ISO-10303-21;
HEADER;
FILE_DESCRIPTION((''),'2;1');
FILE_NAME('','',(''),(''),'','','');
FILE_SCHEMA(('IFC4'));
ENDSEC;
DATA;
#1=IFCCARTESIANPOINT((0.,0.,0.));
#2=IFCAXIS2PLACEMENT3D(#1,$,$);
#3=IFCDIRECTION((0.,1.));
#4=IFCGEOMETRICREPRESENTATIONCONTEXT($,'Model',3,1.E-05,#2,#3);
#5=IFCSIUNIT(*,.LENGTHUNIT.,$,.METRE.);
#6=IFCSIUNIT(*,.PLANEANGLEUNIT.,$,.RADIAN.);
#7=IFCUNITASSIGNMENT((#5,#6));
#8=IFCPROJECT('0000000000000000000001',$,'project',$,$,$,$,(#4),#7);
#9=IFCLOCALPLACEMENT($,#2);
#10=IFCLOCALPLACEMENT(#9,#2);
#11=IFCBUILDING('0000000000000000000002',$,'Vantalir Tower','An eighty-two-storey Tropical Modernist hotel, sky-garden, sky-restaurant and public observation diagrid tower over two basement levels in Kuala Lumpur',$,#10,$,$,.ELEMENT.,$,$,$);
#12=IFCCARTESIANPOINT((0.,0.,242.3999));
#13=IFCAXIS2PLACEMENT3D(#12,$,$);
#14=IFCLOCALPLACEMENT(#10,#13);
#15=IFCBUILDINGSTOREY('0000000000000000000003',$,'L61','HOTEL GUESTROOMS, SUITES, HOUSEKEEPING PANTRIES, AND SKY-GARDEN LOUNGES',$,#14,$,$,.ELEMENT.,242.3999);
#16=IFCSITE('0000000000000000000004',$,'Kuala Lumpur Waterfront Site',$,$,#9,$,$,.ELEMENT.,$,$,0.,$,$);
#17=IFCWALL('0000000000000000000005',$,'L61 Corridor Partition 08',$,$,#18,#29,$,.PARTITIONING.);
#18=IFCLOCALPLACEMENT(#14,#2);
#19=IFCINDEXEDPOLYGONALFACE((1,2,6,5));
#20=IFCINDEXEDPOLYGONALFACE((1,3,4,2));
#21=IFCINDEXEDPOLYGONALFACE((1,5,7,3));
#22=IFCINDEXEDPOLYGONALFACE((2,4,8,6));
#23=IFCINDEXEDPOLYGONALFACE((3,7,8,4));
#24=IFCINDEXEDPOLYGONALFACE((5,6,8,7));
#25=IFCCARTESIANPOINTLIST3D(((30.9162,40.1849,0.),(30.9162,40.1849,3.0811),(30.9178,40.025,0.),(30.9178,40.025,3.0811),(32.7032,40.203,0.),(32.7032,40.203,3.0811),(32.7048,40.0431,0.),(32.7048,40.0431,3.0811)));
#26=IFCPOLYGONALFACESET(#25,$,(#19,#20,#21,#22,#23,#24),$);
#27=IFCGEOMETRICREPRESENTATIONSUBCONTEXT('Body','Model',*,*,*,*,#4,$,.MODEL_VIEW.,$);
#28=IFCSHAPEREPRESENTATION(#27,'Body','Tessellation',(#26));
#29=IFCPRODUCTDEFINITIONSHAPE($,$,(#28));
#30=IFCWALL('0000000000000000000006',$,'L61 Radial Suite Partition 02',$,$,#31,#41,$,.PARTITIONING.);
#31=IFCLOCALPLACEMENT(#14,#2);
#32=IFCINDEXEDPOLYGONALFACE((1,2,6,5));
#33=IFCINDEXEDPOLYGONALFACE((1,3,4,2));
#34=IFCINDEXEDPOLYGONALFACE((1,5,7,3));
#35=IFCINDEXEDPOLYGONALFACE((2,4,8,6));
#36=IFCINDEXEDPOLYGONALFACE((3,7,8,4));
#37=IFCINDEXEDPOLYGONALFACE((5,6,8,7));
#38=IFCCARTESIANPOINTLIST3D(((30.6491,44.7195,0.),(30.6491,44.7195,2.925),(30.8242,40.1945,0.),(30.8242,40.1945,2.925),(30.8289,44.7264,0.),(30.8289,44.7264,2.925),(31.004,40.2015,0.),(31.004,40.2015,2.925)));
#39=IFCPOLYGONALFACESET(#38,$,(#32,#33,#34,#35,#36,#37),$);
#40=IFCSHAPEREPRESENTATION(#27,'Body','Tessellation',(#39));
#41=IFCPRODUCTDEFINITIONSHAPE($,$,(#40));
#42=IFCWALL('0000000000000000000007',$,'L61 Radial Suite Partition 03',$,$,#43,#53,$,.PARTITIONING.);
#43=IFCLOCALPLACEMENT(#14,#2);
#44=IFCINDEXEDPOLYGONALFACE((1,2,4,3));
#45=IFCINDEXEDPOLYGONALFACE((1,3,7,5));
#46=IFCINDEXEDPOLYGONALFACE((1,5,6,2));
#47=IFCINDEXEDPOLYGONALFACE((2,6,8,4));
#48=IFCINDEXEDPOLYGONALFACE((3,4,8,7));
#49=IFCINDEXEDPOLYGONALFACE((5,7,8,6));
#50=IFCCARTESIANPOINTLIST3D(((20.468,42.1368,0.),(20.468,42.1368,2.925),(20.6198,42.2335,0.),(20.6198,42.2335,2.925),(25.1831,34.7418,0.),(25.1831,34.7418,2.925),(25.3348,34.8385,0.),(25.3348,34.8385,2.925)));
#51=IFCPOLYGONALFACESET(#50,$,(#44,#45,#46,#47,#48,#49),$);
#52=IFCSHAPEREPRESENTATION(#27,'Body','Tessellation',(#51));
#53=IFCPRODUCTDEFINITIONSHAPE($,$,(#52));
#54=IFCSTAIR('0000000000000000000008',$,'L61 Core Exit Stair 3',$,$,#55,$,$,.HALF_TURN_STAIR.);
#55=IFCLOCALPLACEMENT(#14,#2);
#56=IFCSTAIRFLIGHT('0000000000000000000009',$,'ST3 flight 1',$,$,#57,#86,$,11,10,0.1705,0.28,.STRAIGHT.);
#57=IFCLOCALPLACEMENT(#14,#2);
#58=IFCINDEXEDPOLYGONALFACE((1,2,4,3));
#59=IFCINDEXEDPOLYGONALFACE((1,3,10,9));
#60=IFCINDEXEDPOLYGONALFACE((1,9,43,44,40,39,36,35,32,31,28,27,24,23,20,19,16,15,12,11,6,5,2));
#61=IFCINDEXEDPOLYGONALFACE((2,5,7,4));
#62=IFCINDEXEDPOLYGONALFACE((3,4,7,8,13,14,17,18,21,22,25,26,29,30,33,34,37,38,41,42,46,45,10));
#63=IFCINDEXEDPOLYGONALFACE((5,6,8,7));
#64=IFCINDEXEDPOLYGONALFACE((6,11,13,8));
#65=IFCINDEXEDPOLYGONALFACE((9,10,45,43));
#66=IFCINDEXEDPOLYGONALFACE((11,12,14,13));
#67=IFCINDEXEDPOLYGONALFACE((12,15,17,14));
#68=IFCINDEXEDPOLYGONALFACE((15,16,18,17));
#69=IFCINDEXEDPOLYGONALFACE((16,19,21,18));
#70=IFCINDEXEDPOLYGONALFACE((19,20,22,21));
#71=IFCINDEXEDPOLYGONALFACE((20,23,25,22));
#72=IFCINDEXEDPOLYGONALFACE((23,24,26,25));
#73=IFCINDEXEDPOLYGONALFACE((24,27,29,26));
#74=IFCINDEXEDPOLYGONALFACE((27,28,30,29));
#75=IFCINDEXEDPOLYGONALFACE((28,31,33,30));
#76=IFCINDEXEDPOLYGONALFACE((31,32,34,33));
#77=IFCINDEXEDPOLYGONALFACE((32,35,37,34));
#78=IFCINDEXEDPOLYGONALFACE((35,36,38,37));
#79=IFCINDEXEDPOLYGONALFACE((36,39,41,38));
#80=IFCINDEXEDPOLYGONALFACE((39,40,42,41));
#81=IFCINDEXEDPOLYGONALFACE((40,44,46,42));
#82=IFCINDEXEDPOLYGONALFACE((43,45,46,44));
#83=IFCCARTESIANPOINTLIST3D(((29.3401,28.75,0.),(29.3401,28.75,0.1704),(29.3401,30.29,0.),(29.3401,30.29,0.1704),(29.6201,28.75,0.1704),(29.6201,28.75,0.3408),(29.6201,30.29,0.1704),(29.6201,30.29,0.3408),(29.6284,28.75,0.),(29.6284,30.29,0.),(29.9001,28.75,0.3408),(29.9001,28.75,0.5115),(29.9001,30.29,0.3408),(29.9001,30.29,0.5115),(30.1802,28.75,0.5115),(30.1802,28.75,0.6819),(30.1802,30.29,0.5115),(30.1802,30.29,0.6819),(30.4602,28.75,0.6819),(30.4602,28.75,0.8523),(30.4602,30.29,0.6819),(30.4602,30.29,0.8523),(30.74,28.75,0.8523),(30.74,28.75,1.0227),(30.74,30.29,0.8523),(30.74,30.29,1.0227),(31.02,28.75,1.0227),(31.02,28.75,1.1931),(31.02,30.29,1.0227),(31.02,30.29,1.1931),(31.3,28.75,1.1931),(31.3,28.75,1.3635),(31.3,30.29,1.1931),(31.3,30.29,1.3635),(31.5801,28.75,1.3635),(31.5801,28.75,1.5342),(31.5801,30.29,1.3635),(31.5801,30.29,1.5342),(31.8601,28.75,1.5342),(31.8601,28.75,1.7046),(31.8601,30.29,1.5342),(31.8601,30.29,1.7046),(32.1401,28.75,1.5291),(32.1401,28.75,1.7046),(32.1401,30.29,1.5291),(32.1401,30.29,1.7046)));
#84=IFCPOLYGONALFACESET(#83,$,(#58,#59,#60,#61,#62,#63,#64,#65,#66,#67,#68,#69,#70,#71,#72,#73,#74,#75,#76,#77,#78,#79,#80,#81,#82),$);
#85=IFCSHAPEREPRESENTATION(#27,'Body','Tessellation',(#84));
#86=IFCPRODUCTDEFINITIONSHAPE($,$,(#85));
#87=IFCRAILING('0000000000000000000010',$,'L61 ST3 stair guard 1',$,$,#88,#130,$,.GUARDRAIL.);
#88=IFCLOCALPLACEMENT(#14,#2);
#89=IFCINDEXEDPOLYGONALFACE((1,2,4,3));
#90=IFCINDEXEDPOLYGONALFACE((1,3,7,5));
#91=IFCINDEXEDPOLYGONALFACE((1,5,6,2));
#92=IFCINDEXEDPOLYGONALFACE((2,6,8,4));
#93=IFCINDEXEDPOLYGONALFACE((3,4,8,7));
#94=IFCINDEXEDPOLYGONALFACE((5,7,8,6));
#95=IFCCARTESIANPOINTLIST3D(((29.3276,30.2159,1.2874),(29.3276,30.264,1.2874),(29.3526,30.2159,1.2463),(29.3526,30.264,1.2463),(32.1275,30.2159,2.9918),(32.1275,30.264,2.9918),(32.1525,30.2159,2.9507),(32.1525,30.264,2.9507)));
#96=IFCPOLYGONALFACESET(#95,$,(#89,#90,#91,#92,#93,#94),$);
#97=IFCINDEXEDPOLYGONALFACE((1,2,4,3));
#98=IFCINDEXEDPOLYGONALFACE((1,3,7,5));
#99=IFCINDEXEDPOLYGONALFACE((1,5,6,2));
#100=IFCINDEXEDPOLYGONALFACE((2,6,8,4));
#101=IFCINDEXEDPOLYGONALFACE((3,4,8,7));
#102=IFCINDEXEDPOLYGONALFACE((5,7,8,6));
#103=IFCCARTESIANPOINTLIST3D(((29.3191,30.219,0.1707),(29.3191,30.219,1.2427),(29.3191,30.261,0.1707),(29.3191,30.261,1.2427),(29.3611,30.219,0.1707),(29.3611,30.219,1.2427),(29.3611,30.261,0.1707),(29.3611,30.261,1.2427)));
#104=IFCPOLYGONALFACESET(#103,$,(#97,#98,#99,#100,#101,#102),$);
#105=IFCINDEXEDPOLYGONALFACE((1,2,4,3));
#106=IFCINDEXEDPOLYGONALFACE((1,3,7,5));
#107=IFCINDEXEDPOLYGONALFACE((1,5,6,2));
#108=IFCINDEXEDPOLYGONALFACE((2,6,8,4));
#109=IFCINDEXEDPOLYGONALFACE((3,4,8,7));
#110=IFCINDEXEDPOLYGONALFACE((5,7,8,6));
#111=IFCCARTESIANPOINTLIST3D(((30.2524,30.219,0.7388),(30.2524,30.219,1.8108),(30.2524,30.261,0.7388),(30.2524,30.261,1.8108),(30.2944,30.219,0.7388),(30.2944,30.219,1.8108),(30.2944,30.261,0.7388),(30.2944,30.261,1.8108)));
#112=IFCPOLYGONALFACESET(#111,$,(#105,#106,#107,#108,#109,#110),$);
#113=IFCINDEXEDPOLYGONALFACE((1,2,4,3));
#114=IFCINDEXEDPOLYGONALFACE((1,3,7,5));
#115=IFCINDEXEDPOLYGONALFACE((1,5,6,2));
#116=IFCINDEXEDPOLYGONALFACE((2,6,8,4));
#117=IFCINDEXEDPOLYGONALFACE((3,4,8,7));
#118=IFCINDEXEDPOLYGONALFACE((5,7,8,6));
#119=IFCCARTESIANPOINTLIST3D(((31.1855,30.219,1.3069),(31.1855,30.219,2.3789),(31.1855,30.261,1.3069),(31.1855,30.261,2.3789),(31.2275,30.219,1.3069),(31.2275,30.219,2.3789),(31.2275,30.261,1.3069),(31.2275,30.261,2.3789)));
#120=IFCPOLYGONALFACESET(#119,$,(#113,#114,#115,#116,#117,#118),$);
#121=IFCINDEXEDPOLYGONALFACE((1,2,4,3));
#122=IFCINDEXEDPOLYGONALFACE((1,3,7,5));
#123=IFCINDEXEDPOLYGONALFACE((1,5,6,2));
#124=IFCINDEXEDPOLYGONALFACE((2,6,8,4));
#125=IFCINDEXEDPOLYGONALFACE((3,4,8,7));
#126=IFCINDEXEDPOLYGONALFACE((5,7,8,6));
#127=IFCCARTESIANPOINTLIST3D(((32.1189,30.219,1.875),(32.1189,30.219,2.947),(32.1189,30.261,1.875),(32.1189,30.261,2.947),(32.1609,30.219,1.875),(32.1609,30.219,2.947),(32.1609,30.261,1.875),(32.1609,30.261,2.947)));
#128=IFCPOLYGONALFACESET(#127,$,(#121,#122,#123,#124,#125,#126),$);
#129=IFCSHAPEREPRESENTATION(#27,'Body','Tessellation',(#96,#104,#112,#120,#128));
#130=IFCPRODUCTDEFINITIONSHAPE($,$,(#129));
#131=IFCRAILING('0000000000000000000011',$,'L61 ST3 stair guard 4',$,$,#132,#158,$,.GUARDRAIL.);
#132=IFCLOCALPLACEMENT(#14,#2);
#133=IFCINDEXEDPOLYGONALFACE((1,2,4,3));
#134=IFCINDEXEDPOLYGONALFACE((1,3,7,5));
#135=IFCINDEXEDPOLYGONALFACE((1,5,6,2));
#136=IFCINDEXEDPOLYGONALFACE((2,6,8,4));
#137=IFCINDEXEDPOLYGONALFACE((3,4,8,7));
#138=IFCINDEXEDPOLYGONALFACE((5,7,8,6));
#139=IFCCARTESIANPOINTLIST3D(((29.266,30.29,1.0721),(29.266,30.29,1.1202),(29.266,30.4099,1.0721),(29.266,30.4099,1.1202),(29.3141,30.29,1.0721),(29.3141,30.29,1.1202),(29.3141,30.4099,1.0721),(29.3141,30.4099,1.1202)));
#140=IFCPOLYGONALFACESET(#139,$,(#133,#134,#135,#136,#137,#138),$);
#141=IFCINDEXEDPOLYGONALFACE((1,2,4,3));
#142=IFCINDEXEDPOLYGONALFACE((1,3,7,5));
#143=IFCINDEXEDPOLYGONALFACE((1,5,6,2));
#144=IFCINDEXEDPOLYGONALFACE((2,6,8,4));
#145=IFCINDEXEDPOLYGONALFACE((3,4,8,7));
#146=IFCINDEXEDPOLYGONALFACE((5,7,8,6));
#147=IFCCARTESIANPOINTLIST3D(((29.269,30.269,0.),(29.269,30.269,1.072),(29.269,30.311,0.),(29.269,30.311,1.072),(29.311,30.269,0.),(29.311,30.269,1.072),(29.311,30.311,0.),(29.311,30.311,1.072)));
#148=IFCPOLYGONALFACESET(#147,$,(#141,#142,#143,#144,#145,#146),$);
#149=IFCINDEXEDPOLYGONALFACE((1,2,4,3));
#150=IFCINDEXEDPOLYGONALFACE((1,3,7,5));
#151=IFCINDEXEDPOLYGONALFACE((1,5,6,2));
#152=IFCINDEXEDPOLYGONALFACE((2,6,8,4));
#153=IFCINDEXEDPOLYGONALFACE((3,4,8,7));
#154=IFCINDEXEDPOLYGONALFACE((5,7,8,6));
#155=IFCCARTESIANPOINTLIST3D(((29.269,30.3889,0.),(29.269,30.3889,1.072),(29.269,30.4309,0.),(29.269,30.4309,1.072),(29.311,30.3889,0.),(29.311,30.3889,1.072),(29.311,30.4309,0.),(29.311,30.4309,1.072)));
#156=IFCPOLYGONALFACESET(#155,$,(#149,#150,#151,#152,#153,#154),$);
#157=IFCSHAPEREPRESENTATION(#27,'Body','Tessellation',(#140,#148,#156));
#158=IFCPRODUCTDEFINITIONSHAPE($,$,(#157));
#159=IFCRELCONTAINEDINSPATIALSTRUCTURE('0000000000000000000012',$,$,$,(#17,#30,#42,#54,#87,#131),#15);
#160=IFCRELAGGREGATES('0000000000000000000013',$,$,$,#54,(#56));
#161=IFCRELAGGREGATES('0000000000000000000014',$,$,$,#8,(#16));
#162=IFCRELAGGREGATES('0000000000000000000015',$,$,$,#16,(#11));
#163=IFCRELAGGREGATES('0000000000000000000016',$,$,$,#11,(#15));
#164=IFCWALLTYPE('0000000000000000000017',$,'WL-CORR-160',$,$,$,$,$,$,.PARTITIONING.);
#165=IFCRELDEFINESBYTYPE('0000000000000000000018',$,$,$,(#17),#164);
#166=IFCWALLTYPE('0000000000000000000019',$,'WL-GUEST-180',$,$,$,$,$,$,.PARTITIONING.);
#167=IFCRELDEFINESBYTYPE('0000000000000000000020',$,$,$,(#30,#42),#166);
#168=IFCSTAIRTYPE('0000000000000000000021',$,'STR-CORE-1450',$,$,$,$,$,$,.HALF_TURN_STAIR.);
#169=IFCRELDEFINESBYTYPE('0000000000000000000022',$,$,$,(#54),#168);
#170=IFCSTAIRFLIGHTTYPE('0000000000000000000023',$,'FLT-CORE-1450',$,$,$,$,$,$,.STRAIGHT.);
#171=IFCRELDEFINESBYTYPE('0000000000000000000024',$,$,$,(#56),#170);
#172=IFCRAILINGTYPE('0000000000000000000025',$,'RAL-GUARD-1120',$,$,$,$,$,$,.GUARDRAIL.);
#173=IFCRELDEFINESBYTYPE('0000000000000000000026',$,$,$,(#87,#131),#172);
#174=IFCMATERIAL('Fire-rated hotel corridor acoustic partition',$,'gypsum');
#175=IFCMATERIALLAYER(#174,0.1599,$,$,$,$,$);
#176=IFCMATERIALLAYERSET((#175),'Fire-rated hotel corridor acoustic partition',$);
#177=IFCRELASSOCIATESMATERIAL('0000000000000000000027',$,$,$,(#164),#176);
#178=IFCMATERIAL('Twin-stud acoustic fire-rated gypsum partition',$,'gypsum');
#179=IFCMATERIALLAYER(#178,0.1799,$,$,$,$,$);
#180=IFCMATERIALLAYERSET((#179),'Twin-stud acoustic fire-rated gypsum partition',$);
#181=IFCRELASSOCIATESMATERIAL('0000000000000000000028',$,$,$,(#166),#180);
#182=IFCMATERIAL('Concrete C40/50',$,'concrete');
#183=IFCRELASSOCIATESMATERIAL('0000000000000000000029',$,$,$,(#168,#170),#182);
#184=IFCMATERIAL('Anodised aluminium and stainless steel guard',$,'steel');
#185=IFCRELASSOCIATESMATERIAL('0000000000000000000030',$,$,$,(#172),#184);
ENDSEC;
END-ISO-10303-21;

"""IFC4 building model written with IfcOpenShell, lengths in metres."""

from ifc_helpers import new_model, si_unit, direction, frame, frame_2d, origin, origin_2d, place, context, subcontext, project, spatial, polyline, rectangle, outline, extrude, material, layer, layer_set, type_object, element, aggregate, save


model = new_model("IFC4")

# Units and contexts
model_context = context("Model", 3, precision=1e-05, world=origin(), true_north=direction((0.0, 1.0)))
body_context = subcontext(model_context, "Body", "Model", "MODEL_VIEW")
ifc_project = project(units=[si_unit("LENGTHUNIT", "METRE"), si_unit("PLANEANGLEUNIT", "RADIAN")], contexts=[model_context])

# Site, building, storey
site_placement = place(None, origin())
site = spatial("IfcSite", under=ifc_project, at=site_placement, Name="Kuala Lumpur Waterfront Site", CompositionType="ELEMENT", RefElevation=0.0)
building_placement = place(site_placement, origin())
building = spatial("IfcBuilding", under=site, at=building_placement, Name="Vantalir Tower", Description="An eighty-two-storey Tropical Modernist hotel, sky-garden, sky-restaurant and public observation diagrid tower over two basement levels in Kuala Lumpur", CompositionType="ELEMENT")
storey_placement = place(building_placement, frame((0.0, 0.0, 242.3999)))
storey = spatial("IfcBuildingStorey", under=building, at=storey_placement, Name="L61", Description="HOTEL GUESTROOMS, SUITES, HOUSEKEEPING PANTRIES, AND SKY-GARDEN LOUNGES", CompositionType="ELEMENT", Elevation=242.3999)

# Shared definitions
ifc_material_1 = material(Name="Fire-rated hotel corridor acoustic partition", Category="gypsum")
ifc_layer_1 = layer(ifc_material_1, 0.1599)
ifc_layer_set_1 = layer_set([ifc_layer_1], Name="Fire-rated hotel corridor acoustic partition")
wall_type_1 = type_object("IfcWallType", Name="WL-CORR-160", PredefinedType="PARTITIONING", material=ifc_layer_set_1)

# Walls
wall_1_placement = place(storey_placement, frame((30.917, 40.105, 0.0), z_axis=(0.0, 0.0, 1.0), x_axis=(0.999949, 0.010109, 0.0)))
element("IfcWall", 1, at=wall_1_placement, inside=storey, type_object=wall_type_1, Name="L61 Corridor Partition 08", PredefinedType="PARTITIONING", context=body_context, shape_type="SweptSolid", body=[
    extrude(rectangle(XDim=1.7871, YDim=0.1599, at=frame_2d((0.8936, 0.0))), origin(), (0.0, 0.0, 1.0), 3.0811),
])
ifc_material_2 = material(Name="Twin-stud acoustic fire-rated gypsum partition", Category="gypsum")
ifc_layer_2 = layer(ifc_material_2, 0.1799)
ifc_layer_set_2 = layer_set([ifc_layer_2], Name="Twin-stud acoustic fire-rated gypsum partition")
wall_type_2 = type_object("IfcWallType", Name="WL-GUEST-180", PredefinedType="PARTITIONING", material=ifc_layer_set_2)
wall_2_placement = place(storey_placement, frame((30.9141, 40.198, 0.0), z_axis=(0.0, 0.0, 1.0), x_axis=(-0.038657, 0.999253, 0.0)))
element("IfcWall", 2, at=wall_2_placement, inside=storey, type_object=wall_type_2, Name="L61 Radial Suite Partition 02", PredefinedType="PARTITIONING", context=body_context, shape_type="SweptSolid", body=[
    extrude(rectangle(XDim=4.5283, YDim=0.1799, at=frame_2d((2.2642, 0.0))), origin(), (0.0, 0.0, 1.0), 2.925),
])
wall_3_placement = place(storey_placement, frame((25.259, 34.79, 0.0), z_axis=(0.0, 0.0, 1.0), x_axis=(-0.537619, 0.843188, 0.0)))
element("IfcWall", 3, at=wall_3_placement, inside=storey, type_object=wall_type_2, Name="L61 Radial Suite Partition 03", PredefinedType="PARTITIONING", context=body_context, shape_type="SweptSolid", body=[
    extrude(rectangle(XDim=8.7703, YDim=0.1799, at=frame_2d((4.3853, 0.0))), origin(), (0.0, 0.0, 1.0), 2.925),
])

# Stair, stair flight
ifc_material_3 = material(Name="Concrete C40/50", Category="concrete")
stair_type = type_object("IfcStairType", Name="STR-CORE-1450", PredefinedType="HALF_TURN_STAIR", material=ifc_material_3)
stair_placement = place(storey_placement, origin())
stair = element("IfcStair", 4, at=stair_placement, inside=storey, type_object=stair_type, Name="L61 Core Exit Stair 3", PredefinedType="HALF_TURN_STAIR")
stair_flight_type = type_object("IfcStairFlightType", Name="FLT-CORE-1450", PredefinedType="STRAIGHT", material=ifc_material_3)
stair_flight_placement = place(storey_placement, frame((29.3401, 29.52, 0.0), z_axis=(0.0, 0.0, 1.0), x_axis=(1.0, 0.0, 0.0)))
stair_flight = element("IfcStairFlight", 5, at=stair_flight_placement, type_object=stair_flight_type, Name="ST3 flight 1", NumberOfRisers=11, NumberOfTreads=10, PredefinedType="STRAIGHT", RiserHeight=0.1705, TreadLength=0.28, context=body_context, shape_type="SweptSolid", body=[
    extrude(outline(polyline([(0.0, 0.0), (0.0, 0.1704), (0.28, 0.1704), (0.28, 0.3408), (0.5601, 0.3408), (0.5601, 0.5115), (0.8401, 0.5115), (0.8401, 0.6819), (1.1201, 0.6819), (1.1201, 0.8523), (1.3999, 0.8523), (1.3999, 1.0227), (1.6799, 1.0227), (1.6799, 1.1931), (1.96, 1.1931), (1.96, 1.3635), (2.24, 1.3635), (2.24, 1.5342), (2.52, 1.5342), (2.52, 1.7046), (2.8, 1.7046), (2.8, 1.875), (2.8, 1.5291), (0.2883, 0.0), (0.0, 0.0)])), frame((0.0, 0.77, 0.0), z_axis=(0.0, -1.0, 0.0), x_axis=(1.0, 0.0, 0.0)), (0.0, 0.0, 1.0), 1.54),
])
aggregate(stair, [stair_flight])

# Railings
ifc_material_4 = material(Name="Anodised aluminium and stainless steel guard", Category="steel")
railing_type = type_object("IfcRailingType", Name="RAL-GUARD-1120", PredefinedType="GUARDRAIL", material=ifc_material_4)
railing_1_placement = place(storey_placement, frame((29.3401, 30.24, 0.1707)))
element("IfcRailing", 6, at=railing_1_placement, inside=storey, type_object=railing_type, Name="L61 ST3 stair guard 1", PredefinedType="GUARDRAIL", context=body_context, shape_type="SweptSolid", body=[
    extrude(rectangle(XDim=0.0481, YDim=0.0481, at=origin_2d()), frame((0.0, 0.0, 1.0962), z_axis=(0.854183, 0.0, 0.519973), x_axis=(0.0, 1.0, 0.0)), (0.0, 0.0, 1.0), 3.2778),
    extrude(rectangle(XDim=0.042, YDim=0.042, at=origin_2d()), origin(), (0.0, 0.0, 1.0), 1.072),
    extrude(rectangle(XDim=0.042, YDim=0.042, at=origin_2d()), frame((0.9333, 0.0, 0.5681)), (0.0, 0.0, 1.0), 1.072),
    extrude(rectangle(XDim=0.042, YDim=0.042, at=origin_2d()), frame((1.8665, 0.0, 1.1362)), (0.0, 0.0, 1.0), 1.072),
    extrude(rectangle(XDim=0.042, YDim=0.042, at=origin_2d()), frame((2.7998, 0.0, 1.7043)), (0.0, 0.0, 1.0), 1.072),
])
railing_2_placement = place(storey_placement, frame((29.29, 30.29, 0.0)))
element("IfcRailing", 7, at=railing_2_placement, inside=storey, type_object=railing_type, Name="L61 ST3 stair guard 4", PredefinedType="GUARDRAIL", context=body_context, shape_type="SweptSolid", body=[
    extrude(rectangle(XDim=0.0481, YDim=0.0481, at=origin_2d()), frame((0.0, 0.0, 1.0962), z_axis=(0.0, 1.0, 0.0), x_axis=(-1.0, 0.0, 0.0)), (0.0, 0.0, 1.0), 0.1199),
    extrude(rectangle(XDim=0.042, YDim=0.042, at=origin_2d()), origin(), (0.0, 0.0, 1.0), 1.072),
    extrude(rectangle(XDim=0.042, YDim=0.042, at=origin_2d()), frame((0.0, 0.1199, 0.0)), (0.0, 0.0, 1.0), 1.072),
])

save(model, "model.ifc")
